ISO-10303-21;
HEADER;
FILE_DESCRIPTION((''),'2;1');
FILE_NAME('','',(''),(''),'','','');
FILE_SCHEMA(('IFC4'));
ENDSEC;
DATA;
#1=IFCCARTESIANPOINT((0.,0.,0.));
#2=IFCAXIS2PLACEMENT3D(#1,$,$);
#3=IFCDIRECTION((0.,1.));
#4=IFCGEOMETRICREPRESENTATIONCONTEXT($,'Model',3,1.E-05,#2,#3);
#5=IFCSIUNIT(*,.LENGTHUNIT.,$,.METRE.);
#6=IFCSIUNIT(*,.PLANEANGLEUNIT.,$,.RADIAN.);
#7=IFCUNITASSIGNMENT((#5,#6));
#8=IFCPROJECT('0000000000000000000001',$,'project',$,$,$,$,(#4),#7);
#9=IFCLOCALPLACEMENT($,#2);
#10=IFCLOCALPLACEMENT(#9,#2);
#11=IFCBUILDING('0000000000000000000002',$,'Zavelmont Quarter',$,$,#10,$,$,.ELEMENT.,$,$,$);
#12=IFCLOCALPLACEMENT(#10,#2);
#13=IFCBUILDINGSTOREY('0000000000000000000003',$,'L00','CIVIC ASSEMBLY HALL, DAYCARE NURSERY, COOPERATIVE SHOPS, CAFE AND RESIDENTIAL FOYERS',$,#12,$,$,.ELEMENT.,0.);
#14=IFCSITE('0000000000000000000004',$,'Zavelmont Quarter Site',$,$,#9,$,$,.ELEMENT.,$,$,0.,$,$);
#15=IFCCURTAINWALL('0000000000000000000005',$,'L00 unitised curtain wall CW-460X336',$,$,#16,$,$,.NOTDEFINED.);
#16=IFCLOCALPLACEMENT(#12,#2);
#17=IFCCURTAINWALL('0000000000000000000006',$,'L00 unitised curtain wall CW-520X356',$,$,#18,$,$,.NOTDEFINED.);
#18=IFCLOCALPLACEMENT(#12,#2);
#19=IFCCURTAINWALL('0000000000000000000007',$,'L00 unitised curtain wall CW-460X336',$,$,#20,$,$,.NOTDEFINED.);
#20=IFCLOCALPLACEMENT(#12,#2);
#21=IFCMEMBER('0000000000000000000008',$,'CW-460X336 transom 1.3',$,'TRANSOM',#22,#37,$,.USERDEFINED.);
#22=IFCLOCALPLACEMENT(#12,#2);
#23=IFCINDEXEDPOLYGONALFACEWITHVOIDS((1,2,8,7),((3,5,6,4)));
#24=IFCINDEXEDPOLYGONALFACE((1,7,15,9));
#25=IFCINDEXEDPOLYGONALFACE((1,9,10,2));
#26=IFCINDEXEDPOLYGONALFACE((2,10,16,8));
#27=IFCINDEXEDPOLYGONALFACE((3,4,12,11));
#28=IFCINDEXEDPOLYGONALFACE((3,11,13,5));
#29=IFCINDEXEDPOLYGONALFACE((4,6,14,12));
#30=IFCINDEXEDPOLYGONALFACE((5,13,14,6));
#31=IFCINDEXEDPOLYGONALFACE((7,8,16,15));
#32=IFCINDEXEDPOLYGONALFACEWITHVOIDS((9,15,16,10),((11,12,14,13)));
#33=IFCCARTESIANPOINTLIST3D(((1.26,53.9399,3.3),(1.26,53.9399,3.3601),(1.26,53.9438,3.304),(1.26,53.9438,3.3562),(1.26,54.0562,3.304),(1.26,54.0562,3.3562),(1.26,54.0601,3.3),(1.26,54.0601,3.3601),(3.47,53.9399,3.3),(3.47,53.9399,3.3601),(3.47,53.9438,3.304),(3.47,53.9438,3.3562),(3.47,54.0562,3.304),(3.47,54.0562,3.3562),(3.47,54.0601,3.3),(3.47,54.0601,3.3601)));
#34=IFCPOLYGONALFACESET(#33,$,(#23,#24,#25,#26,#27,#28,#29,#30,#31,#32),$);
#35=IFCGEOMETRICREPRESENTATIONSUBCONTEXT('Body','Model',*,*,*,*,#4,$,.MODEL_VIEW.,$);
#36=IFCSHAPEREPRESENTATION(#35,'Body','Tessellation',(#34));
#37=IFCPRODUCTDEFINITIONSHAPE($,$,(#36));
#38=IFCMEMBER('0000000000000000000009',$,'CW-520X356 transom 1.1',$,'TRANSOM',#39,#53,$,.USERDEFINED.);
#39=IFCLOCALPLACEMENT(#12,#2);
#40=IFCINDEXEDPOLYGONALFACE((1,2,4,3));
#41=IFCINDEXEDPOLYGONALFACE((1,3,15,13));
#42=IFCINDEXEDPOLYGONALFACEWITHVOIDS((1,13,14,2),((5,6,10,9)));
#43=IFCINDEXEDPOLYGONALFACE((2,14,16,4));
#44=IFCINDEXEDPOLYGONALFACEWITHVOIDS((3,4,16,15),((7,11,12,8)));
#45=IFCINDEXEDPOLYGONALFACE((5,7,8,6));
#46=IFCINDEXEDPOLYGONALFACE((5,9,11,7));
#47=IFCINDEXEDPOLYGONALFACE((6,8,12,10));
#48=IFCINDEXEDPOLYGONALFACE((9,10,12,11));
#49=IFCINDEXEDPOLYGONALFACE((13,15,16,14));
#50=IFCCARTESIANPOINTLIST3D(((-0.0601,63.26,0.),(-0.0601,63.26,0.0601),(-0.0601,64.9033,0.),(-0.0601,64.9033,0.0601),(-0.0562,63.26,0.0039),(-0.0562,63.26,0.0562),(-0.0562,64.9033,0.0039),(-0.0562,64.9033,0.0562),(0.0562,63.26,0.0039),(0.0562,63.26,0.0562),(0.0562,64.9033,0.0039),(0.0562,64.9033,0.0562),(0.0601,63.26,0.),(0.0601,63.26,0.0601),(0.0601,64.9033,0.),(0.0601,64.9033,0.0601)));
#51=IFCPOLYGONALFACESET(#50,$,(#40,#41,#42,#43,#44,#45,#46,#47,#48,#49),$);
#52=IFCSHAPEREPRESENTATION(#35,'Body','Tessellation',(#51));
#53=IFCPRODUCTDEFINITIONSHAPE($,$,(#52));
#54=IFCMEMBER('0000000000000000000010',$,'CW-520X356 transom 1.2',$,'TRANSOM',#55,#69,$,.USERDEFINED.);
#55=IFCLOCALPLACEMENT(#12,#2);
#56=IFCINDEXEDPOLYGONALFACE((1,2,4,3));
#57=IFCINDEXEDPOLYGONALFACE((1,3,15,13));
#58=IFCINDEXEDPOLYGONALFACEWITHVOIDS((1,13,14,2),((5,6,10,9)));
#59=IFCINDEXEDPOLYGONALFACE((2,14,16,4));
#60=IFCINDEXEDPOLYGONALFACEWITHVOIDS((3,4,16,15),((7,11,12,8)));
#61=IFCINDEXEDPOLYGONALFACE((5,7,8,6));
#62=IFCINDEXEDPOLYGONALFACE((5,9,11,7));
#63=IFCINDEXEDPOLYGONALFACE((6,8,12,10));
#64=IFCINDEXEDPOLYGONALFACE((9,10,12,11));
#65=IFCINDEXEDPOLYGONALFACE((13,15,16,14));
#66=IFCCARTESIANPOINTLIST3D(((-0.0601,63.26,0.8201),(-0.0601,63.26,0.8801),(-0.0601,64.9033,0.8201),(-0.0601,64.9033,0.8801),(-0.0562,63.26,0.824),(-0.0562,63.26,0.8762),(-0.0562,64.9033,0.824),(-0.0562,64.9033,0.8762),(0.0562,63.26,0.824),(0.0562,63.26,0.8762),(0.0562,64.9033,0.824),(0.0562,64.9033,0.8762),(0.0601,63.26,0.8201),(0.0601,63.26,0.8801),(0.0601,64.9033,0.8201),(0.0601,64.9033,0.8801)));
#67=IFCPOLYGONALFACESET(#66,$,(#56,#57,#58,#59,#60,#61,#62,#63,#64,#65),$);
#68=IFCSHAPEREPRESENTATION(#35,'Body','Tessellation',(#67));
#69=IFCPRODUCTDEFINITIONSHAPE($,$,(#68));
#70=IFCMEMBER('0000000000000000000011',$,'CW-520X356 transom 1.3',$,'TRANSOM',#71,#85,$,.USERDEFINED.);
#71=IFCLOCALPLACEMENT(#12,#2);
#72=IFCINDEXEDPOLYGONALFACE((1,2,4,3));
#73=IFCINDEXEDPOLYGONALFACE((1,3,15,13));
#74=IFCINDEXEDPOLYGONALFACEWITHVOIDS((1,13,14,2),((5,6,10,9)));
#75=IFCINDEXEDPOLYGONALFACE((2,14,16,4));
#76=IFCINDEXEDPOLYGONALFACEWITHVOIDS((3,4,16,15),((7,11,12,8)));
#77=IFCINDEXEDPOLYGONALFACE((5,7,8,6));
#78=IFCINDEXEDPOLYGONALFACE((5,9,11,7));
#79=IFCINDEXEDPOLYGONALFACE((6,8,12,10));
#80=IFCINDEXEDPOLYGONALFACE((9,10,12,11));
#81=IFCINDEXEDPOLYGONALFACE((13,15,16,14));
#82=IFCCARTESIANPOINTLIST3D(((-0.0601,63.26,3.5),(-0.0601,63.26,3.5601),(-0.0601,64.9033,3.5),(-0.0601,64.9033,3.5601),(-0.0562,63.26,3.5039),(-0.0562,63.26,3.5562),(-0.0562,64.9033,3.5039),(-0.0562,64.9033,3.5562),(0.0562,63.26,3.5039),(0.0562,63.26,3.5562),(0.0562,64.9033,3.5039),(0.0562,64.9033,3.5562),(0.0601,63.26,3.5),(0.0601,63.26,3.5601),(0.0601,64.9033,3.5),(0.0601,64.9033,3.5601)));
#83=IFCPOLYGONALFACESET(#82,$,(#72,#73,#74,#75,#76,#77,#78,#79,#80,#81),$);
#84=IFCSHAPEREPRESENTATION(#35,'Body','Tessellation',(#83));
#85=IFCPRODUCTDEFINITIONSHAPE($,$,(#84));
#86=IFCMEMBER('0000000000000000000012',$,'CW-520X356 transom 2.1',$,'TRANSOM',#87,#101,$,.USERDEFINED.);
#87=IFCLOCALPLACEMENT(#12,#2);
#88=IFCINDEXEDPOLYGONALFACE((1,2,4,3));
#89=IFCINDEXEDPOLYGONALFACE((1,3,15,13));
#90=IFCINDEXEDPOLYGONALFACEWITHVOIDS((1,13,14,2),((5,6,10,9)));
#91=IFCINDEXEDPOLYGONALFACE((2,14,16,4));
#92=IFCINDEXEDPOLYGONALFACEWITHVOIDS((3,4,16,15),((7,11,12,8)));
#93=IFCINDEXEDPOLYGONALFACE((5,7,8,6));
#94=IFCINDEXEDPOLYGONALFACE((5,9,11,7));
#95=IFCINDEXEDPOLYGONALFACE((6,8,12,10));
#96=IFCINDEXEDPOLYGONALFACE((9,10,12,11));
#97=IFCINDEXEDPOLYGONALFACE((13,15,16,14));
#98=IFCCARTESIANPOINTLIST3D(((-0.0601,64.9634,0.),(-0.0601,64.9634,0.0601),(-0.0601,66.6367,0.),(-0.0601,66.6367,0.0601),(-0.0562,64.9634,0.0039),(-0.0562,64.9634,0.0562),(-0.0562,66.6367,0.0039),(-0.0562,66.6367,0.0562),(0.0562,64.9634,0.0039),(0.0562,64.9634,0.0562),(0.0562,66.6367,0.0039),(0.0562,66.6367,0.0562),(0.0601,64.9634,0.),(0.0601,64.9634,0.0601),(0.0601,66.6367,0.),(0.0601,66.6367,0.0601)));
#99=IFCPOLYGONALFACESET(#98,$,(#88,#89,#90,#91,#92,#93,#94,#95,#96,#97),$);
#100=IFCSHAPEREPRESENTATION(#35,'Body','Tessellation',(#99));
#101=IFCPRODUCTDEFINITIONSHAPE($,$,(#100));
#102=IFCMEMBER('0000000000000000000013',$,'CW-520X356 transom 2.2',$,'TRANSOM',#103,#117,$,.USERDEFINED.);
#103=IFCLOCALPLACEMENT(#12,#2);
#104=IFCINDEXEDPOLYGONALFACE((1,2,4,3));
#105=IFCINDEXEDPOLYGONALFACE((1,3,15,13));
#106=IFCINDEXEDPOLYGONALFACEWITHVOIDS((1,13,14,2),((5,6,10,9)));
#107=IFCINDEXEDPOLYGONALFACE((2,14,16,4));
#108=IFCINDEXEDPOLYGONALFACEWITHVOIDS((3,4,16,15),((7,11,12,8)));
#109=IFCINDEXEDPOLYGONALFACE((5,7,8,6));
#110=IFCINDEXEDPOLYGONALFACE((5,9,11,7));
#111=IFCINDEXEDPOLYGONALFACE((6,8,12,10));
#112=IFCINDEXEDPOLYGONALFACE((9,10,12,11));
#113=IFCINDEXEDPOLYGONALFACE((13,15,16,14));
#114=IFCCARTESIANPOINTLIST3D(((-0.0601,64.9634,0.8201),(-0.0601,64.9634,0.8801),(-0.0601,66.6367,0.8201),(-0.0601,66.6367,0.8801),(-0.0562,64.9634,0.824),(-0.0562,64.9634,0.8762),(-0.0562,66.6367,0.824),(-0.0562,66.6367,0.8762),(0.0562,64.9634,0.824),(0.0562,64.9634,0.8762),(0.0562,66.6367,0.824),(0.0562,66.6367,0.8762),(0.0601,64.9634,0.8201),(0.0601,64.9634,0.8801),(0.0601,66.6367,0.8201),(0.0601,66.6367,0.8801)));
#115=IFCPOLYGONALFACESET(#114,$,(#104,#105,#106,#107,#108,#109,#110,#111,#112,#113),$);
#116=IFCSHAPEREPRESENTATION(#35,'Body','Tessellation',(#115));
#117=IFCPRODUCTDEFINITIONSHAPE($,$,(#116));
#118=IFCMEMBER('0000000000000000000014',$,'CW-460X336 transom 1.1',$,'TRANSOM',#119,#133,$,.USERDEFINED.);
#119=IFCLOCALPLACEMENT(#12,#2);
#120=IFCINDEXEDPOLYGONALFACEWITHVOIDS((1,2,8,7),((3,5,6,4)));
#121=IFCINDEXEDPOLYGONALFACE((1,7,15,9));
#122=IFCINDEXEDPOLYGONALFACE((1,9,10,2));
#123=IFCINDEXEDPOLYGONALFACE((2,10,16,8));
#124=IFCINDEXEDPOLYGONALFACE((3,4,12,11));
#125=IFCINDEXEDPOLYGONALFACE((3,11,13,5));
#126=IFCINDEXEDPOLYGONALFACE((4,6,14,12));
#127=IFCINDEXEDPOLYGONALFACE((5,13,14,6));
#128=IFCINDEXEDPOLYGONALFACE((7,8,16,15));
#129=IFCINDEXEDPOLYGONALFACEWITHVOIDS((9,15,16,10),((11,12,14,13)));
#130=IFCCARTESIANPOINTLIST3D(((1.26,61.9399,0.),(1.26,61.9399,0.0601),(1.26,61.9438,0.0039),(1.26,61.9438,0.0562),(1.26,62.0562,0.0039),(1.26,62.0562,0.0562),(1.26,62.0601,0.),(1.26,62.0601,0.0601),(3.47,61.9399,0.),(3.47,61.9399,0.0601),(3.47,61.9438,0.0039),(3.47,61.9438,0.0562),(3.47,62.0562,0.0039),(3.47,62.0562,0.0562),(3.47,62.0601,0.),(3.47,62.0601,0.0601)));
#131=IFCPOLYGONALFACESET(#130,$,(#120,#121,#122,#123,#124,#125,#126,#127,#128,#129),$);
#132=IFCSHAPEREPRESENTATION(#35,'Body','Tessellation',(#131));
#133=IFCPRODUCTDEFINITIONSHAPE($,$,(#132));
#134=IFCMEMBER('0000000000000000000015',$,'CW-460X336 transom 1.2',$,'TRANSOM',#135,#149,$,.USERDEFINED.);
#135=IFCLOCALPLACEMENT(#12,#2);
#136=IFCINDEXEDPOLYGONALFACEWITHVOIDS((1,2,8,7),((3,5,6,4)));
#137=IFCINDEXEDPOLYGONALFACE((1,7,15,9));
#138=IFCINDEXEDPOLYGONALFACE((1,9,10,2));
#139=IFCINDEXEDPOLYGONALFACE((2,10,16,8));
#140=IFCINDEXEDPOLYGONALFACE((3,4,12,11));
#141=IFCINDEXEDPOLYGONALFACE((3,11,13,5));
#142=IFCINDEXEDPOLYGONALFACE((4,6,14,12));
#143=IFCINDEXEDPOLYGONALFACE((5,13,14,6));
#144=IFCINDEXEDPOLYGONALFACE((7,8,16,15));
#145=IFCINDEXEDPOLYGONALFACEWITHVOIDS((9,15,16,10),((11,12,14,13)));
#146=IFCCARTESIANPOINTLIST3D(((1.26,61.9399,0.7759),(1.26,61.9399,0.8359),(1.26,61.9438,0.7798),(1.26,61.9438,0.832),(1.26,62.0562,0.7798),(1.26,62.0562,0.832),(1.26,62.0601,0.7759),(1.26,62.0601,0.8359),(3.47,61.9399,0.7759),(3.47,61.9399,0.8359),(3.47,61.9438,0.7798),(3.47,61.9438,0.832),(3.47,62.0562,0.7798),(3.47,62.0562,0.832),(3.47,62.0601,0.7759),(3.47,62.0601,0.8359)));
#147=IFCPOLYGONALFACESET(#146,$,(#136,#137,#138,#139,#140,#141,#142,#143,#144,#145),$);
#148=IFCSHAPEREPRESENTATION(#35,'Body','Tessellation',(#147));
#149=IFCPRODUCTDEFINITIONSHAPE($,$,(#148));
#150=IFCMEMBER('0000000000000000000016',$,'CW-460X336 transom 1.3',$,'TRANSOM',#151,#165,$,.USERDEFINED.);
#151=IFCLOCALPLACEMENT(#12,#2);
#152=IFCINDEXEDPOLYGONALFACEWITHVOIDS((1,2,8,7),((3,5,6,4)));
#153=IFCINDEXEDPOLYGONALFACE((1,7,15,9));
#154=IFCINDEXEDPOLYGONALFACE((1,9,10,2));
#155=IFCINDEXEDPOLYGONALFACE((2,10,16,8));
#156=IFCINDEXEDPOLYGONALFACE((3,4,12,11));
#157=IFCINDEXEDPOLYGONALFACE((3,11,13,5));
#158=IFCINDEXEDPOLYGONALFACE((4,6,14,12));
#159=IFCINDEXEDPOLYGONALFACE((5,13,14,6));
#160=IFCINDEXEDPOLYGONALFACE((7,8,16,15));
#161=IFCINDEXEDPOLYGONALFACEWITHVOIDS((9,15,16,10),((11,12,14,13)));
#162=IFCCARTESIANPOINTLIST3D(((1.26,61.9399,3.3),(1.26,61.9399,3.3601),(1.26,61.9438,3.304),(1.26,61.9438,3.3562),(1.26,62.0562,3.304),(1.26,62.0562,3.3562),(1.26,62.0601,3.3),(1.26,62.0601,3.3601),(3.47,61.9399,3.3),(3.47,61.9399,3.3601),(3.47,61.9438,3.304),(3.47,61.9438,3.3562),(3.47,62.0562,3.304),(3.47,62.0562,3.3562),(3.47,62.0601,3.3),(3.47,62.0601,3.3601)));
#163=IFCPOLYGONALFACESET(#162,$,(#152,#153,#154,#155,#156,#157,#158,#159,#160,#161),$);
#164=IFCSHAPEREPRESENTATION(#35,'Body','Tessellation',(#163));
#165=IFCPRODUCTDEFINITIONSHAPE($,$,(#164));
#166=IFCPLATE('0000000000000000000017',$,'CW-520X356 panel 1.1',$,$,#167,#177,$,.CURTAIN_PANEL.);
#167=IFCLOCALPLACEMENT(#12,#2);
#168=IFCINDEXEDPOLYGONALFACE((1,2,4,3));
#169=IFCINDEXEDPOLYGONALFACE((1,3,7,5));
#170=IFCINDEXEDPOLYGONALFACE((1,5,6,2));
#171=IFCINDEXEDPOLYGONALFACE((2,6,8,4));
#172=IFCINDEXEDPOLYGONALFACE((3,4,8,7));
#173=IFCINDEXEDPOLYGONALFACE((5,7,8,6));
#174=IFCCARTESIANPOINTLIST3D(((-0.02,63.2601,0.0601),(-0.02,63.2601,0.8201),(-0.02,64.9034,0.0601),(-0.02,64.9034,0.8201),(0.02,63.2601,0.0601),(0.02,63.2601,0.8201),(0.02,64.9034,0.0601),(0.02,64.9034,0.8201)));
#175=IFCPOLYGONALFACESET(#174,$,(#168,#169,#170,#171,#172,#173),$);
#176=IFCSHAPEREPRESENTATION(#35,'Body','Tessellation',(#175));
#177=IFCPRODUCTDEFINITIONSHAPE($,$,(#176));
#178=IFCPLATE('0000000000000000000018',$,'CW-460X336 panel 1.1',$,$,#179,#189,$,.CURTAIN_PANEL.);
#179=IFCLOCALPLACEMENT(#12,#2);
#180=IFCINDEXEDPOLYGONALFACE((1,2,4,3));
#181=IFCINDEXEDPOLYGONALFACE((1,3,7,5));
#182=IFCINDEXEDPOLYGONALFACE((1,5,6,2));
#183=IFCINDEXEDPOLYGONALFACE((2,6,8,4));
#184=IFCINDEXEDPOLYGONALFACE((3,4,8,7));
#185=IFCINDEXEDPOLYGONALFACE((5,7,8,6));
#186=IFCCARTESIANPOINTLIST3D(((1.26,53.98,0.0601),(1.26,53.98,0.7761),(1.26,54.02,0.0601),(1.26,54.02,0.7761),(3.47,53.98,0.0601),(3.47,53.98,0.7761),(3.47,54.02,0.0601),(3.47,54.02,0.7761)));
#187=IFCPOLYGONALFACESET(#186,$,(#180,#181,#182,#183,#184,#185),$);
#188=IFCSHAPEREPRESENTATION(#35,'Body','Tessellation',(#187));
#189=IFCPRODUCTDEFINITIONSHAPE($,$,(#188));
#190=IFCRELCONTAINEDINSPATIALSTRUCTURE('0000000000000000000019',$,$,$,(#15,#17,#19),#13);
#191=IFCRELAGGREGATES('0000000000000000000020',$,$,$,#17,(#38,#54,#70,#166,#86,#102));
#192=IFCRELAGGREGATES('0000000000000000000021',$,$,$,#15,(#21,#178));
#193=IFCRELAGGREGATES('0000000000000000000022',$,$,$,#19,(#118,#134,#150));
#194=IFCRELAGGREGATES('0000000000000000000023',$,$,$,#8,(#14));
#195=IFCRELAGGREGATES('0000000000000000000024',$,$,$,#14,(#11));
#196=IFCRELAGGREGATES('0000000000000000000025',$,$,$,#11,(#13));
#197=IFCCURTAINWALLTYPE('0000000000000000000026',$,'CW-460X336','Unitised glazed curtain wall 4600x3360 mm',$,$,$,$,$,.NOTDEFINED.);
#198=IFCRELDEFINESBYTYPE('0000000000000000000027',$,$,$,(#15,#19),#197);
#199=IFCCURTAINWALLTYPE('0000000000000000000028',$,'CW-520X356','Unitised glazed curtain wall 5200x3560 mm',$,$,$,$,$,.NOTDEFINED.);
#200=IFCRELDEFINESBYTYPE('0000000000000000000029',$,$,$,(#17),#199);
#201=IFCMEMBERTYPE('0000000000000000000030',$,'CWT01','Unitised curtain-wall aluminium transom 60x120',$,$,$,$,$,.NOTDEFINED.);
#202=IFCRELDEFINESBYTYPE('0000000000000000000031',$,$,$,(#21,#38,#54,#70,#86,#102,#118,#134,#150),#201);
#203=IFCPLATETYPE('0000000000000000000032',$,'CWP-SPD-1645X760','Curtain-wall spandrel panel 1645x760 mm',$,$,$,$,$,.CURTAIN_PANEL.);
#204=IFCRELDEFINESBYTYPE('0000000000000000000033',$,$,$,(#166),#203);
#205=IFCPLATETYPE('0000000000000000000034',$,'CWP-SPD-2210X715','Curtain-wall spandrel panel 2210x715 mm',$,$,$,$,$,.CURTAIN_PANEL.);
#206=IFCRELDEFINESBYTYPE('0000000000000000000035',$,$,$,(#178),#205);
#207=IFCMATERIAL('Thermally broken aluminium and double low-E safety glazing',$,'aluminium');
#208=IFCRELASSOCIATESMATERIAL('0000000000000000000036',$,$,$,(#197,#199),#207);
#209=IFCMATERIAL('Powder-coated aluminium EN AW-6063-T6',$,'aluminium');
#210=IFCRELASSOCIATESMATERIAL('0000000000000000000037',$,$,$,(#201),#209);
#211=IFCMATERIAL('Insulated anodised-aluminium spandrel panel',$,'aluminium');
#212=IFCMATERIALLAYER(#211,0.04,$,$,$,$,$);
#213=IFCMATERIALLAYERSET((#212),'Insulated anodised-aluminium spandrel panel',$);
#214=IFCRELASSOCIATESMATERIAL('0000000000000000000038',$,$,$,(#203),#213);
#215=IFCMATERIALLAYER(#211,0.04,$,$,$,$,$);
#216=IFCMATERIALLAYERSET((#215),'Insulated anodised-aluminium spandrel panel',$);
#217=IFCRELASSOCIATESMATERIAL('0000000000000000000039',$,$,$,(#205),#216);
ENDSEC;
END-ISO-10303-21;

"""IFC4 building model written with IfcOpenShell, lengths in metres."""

from ifc_helpers import new_model, si_unit, direction, frame, origin, origin_2d, place, context, subcontext, project, spatial, rectangle, hollow_rectangle, extrude, material, layer, layer_set, material_profile, profile_set, type_object, element, aggregate, save


model = new_model("IFC4")

# Units and contexts
model_context = context("Model", 3, precision=1e-05, world=origin(), true_north=direction((0.0, 1.0)))
body_context = subcontext(model_context, "Body", "Model", "MODEL_VIEW")
ifc_project = project(units=[si_unit("LENGTHUNIT", "METRE"), si_unit("PLANEANGLEUNIT", "RADIAN")], contexts=[model_context])

# Site, building, storey
site_placement = place(None, origin())
site = spatial("IfcSite", under=ifc_project, at=site_placement, Name="Zavelmont Quarter Site", CompositionType="ELEMENT", RefElevation=0.0)
building_placement = place(site_placement, origin())
building = spatial("IfcBuilding", under=site, at=building_placement, Name="Zavelmont Quarter", CompositionType="ELEMENT")
storey_placement = place(building_placement, origin())
storey = spatial("IfcBuildingStorey", under=building, at=storey_placement, Name="L00", Description="CIVIC ASSEMBLY HALL, DAYCARE NURSERY, COOPERATIVE SHOPS, CAFE AND RESIDENTIAL FOYERS", CompositionType="ELEMENT", Elevation=0.0)

# Curtain walls
ifc_material_1 = material(Name="Thermally broken aluminium and double low-E safety glazing", Category="aluminium")
curtain_wall_type_1 = type_object("IfcCurtainWallType", Name="CW-460X336", Description="Unitised glazed curtain wall 4600x3360 mm", PredefinedType="NOTDEFINED", material=ifc_material_1)
curtain_wall_1_placement = place(storey_placement, origin())
curtain_wall_1 = element("IfcCurtainWall", 1, at=curtain_wall_1_placement, inside=storey, type_object=curtain_wall_type_1, Name="L00 unitised curtain wall CW-460X336", PredefinedType="NOTDEFINED")
ifc_material_2 = material(Name="Powder-coated aluminium EN AW-6063-T6", Category="aluminium")
curtain_wall_type_2 = type_object("IfcCurtainWallType", Name="CW-520X356", Description="Unitised glazed curtain wall 5200x3560 mm", PredefinedType="NOTDEFINED", material=ifc_material_1)
curtain_wall_2_placement = place(storey_placement, origin())
curtain_wall_2 = element("IfcCurtainWall", 2, at=curtain_wall_2_placement, inside=storey, type_object=curtain_wall_type_2, Name="L00 unitised curtain wall CW-520X356", PredefinedType="NOTDEFINED")

# Curtain wall
curtain_wall_3_placement = place(storey_placement, origin())
curtain_wall_3 = element("IfcCurtainWall", 3, at=curtain_wall_3_placement, inside=storey, type_object=curtain_wall_type_1, Name="L00 unitised curtain wall CW-460X336", PredefinedType="NOTDEFINED")

# Members
ifc_material_profile_1 = material_profile(ifc_material_2, hollow_rectangle(XDim=0.1201, YDim=0.0601, WallThickness=0.0039, at=origin_2d()), Name="CWT60X120")
ifc_profile_set_1 = profile_set([ifc_material_profile_1], Name="Powder-coated aluminium EN AW-6063-T6")
member_type_1 = type_object("IfcMemberType", Name="CWT01", Description="Unitised curtain-wall aluminium transom 60x120", PredefinedType="NOTDEFINED", material=ifc_profile_set_1)
member_1_placement = place(storey_placement, frame((1.26, 54.0, 3.3301), z_axis=(1.0, 0.0, 0.0), x_axis=(0.0, 1.0, 0.0)))
member_1 = element("IfcMember", 4, at=member_1_placement, type_object=member_type_1, Name="CW-460X336 transom 1.3", ObjectType="TRANSOM", PredefinedType="USERDEFINED", context=body_context, shape_type="SweptSolid", body=[
    extrude(hollow_rectangle(XDim=0.1201, YDim=0.0601, WallThickness=0.0039, at=origin_2d()), origin(), (0.0, 0.0, 1.0), 2.21),
])
member_2_placement = place(storey_placement, frame((0.0, 63.26, 0.03), z_axis=(0.0, 1.0, 0.0), x_axis=(-1.0, 0.0, 0.0)))
member_2 = element("IfcMember", 5, at=member_2_placement, type_object=member_type_1, Name="CW-520X356 transom 1.1", ObjectType="TRANSOM", PredefinedType="USERDEFINED", context=body_context, shape_type="SweptSolid", body=[
    extrude(hollow_rectangle(XDim=0.1201, YDim=0.0601, WallThickness=0.0039, at=origin_2d()), origin(), (0.0, 0.0, 1.0), 1.6433),
])
member_3_placement = place(storey_placement, frame((0.0, 63.26, 0.8501), z_axis=(0.0, 1.0, 0.0), x_axis=(-1.0, 0.0, 0.0)))
member_3 = element("IfcMember", 6, at=member_3_placement, type_object=member_type_1, Name="CW-520X356 transom 1.2", ObjectType="TRANSOM", PredefinedType="USERDEFINED", context=body_context, shape_type="SweptSolid", body=[
    extrude(hollow_rectangle(XDim=0.1201, YDim=0.0601, WallThickness=0.0039, at=origin_2d()), origin(), (0.0, 0.0, 1.0), 1.6433),
])
member_4_placement = place(storey_placement, frame((0.0, 63.26, 3.53), z_axis=(0.0, 1.0, 0.0), x_axis=(-1.0, 0.0, 0.0)))
member_4 = element("IfcMember", 7, at=member_4_placement, type_object=member_type_1, Name="CW-520X356 transom 1.3", ObjectType="TRANSOM", PredefinedType="USERDEFINED", context=body_context, shape_type="SweptSolid", body=[
    extrude(hollow_rectangle(XDim=0.1201, YDim=0.0601, WallThickness=0.0039, at=origin_2d()), origin(), (0.0, 0.0, 1.0), 1.6433),
])
member_5_placement = place(storey_placement, frame((0.0, 64.9634, 0.03), z_axis=(0.0, 1.0, 0.0), x_axis=(-1.0, 0.0, 0.0)))
member_5 = element("IfcMember", 8, at=member_5_placement, type_object=member_type_1, Name="CW-520X356 transom 2.1", ObjectType="TRANSOM", PredefinedType="USERDEFINED", context=body_context, shape_type="SweptSolid", body=[
    extrude(hollow_rectangle(XDim=0.1201, YDim=0.0601, WallThickness=0.0039, at=origin_2d()), origin(), (0.0, 0.0, 1.0), 1.6733),
])
member_6_placement = place(storey_placement, frame((0.0, 64.9634, 0.8501), z_axis=(0.0, 1.0, 0.0), x_axis=(-1.0, 0.0, 0.0)))
member_6 = element("IfcMember", 9, at=member_6_placement, type_object=member_type_1, Name="CW-520X356 transom 2.2", ObjectType="TRANSOM", PredefinedType="USERDEFINED", context=body_context, shape_type="SweptSolid", body=[
    extrude(hollow_rectangle(XDim=0.1201, YDim=0.0601, WallThickness=0.0039, at=origin_2d()), origin(), (0.0, 0.0, 1.0), 1.6733),
])
member_7_placement = place(storey_placement, frame((1.26, 62.0, 0.03), z_axis=(1.0, 0.0, 0.0), x_axis=(0.0, 1.0, 0.0)))
member_7 = element("IfcMember", 10, at=member_7_placement, type_object=member_type_1, Name="CW-460X336 transom 1.1", ObjectType="TRANSOM", PredefinedType="USERDEFINED", context=body_context, shape_type="SweptSolid", body=[
    extrude(hollow_rectangle(XDim=0.1201, YDim=0.0601, WallThickness=0.0039, at=origin_2d()), origin(), (0.0, 0.0, 1.0), 2.21),
])
member_8_placement = place(storey_placement, frame((1.26, 62.0, 0.8059), z_axis=(1.0, 0.0, 0.0), x_axis=(0.0, 1.0, 0.0)))
member_8 = element("IfcMember", 11, at=member_8_placement, type_object=member_type_1, Name="CW-460X336 transom 1.2", ObjectType="TRANSOM", PredefinedType="USERDEFINED", context=body_context, shape_type="SweptSolid", body=[
    extrude(hollow_rectangle(XDim=0.1201, YDim=0.0601, WallThickness=0.0039, at=origin_2d()), origin(), (0.0, 0.0, 1.0), 2.21),
])
member_9_placement = place(storey_placement, frame((1.26, 62.0, 3.3301), z_axis=(1.0, 0.0, 0.0), x_axis=(0.0, 1.0, 0.0)))
member_9 = element("IfcMember", 12, at=member_9_placement, type_object=member_type_1, Name="CW-460X336 transom 1.3", ObjectType="TRANSOM", PredefinedType="USERDEFINED", context=body_context, shape_type="SweptSolid", body=[
    extrude(hollow_rectangle(XDim=0.1201, YDim=0.0601, WallThickness=0.0039, at=origin_2d()), origin(), (0.0, 0.0, 1.0), 2.21),
])

# Plates
ifc_material_3 = material(Name="Insulated anodised-aluminium spandrel panel", Category="aluminium")
ifc_layer_1 = layer(ifc_material_3, 0.04)
ifc_layer_set_1 = layer_set([ifc_layer_1], Name="Insulated anodised-aluminium spandrel panel")
plate_type_1 = type_object("IfcPlateType", Name="CWP-SPD-1645X760", Description="Curtain-wall spandrel panel 1645x760 mm", PredefinedType="CURTAIN_PANEL", material=ifc_layer_set_1)
plate_1_placement = place(storey_placement, frame((0.0, 64.0818, 0.0601), z_axis=(0.0, 0.0, 1.0), x_axis=(0.0, 1.0, 0.0)))
plate_1 = element("IfcPlate", 13, at=plate_1_placement, type_object=plate_type_1, Name="CW-520X356 panel 1.1", PredefinedType="CURTAIN_PANEL", context=body_context, shape_type="SweptSolid", body=[
    extrude(rectangle(XDim=1.6433, YDim=0.04, at=origin_2d()), origin(), (0.0, 0.0, 1.0), 0.76),
])
ifc_layer_2 = layer(ifc_material_3, 0.04)
ifc_layer_set_2 = layer_set([ifc_layer_2], Name="Insulated anodised-aluminium spandrel panel")
plate_type_2 = type_object("IfcPlateType", Name="CWP-SPD-2210X715", Description="Curtain-wall spandrel panel 2210x715 mm", PredefinedType="CURTAIN_PANEL", material=ifc_layer_set_2)
plate_2_placement = place(storey_placement, frame((2.365, 54.0, 0.0601), z_axis=(0.0, 0.0, 1.0), x_axis=(1.0, 0.0, 0.0)))
plate_2 = element("IfcPlate", 14, at=plate_2_placement, type_object=plate_type_2, Name="CW-460X336 panel 1.1", PredefinedType="CURTAIN_PANEL", context=body_context, shape_type="SweptSolid", body=[
    extrude(rectangle(XDim=2.21, YDim=0.04, at=origin_2d()), origin(), (0.0, 0.0, 1.0), 0.7161),
])
aggregate(curtain_wall_2, [member_2, member_3, member_4, plate_1, member_5, member_6])
aggregate(curtain_wall_1, [member_1, plate_2])
aggregate(curtain_wall_3, [member_7, member_8, member_9])

save(model, "model.ifc")
